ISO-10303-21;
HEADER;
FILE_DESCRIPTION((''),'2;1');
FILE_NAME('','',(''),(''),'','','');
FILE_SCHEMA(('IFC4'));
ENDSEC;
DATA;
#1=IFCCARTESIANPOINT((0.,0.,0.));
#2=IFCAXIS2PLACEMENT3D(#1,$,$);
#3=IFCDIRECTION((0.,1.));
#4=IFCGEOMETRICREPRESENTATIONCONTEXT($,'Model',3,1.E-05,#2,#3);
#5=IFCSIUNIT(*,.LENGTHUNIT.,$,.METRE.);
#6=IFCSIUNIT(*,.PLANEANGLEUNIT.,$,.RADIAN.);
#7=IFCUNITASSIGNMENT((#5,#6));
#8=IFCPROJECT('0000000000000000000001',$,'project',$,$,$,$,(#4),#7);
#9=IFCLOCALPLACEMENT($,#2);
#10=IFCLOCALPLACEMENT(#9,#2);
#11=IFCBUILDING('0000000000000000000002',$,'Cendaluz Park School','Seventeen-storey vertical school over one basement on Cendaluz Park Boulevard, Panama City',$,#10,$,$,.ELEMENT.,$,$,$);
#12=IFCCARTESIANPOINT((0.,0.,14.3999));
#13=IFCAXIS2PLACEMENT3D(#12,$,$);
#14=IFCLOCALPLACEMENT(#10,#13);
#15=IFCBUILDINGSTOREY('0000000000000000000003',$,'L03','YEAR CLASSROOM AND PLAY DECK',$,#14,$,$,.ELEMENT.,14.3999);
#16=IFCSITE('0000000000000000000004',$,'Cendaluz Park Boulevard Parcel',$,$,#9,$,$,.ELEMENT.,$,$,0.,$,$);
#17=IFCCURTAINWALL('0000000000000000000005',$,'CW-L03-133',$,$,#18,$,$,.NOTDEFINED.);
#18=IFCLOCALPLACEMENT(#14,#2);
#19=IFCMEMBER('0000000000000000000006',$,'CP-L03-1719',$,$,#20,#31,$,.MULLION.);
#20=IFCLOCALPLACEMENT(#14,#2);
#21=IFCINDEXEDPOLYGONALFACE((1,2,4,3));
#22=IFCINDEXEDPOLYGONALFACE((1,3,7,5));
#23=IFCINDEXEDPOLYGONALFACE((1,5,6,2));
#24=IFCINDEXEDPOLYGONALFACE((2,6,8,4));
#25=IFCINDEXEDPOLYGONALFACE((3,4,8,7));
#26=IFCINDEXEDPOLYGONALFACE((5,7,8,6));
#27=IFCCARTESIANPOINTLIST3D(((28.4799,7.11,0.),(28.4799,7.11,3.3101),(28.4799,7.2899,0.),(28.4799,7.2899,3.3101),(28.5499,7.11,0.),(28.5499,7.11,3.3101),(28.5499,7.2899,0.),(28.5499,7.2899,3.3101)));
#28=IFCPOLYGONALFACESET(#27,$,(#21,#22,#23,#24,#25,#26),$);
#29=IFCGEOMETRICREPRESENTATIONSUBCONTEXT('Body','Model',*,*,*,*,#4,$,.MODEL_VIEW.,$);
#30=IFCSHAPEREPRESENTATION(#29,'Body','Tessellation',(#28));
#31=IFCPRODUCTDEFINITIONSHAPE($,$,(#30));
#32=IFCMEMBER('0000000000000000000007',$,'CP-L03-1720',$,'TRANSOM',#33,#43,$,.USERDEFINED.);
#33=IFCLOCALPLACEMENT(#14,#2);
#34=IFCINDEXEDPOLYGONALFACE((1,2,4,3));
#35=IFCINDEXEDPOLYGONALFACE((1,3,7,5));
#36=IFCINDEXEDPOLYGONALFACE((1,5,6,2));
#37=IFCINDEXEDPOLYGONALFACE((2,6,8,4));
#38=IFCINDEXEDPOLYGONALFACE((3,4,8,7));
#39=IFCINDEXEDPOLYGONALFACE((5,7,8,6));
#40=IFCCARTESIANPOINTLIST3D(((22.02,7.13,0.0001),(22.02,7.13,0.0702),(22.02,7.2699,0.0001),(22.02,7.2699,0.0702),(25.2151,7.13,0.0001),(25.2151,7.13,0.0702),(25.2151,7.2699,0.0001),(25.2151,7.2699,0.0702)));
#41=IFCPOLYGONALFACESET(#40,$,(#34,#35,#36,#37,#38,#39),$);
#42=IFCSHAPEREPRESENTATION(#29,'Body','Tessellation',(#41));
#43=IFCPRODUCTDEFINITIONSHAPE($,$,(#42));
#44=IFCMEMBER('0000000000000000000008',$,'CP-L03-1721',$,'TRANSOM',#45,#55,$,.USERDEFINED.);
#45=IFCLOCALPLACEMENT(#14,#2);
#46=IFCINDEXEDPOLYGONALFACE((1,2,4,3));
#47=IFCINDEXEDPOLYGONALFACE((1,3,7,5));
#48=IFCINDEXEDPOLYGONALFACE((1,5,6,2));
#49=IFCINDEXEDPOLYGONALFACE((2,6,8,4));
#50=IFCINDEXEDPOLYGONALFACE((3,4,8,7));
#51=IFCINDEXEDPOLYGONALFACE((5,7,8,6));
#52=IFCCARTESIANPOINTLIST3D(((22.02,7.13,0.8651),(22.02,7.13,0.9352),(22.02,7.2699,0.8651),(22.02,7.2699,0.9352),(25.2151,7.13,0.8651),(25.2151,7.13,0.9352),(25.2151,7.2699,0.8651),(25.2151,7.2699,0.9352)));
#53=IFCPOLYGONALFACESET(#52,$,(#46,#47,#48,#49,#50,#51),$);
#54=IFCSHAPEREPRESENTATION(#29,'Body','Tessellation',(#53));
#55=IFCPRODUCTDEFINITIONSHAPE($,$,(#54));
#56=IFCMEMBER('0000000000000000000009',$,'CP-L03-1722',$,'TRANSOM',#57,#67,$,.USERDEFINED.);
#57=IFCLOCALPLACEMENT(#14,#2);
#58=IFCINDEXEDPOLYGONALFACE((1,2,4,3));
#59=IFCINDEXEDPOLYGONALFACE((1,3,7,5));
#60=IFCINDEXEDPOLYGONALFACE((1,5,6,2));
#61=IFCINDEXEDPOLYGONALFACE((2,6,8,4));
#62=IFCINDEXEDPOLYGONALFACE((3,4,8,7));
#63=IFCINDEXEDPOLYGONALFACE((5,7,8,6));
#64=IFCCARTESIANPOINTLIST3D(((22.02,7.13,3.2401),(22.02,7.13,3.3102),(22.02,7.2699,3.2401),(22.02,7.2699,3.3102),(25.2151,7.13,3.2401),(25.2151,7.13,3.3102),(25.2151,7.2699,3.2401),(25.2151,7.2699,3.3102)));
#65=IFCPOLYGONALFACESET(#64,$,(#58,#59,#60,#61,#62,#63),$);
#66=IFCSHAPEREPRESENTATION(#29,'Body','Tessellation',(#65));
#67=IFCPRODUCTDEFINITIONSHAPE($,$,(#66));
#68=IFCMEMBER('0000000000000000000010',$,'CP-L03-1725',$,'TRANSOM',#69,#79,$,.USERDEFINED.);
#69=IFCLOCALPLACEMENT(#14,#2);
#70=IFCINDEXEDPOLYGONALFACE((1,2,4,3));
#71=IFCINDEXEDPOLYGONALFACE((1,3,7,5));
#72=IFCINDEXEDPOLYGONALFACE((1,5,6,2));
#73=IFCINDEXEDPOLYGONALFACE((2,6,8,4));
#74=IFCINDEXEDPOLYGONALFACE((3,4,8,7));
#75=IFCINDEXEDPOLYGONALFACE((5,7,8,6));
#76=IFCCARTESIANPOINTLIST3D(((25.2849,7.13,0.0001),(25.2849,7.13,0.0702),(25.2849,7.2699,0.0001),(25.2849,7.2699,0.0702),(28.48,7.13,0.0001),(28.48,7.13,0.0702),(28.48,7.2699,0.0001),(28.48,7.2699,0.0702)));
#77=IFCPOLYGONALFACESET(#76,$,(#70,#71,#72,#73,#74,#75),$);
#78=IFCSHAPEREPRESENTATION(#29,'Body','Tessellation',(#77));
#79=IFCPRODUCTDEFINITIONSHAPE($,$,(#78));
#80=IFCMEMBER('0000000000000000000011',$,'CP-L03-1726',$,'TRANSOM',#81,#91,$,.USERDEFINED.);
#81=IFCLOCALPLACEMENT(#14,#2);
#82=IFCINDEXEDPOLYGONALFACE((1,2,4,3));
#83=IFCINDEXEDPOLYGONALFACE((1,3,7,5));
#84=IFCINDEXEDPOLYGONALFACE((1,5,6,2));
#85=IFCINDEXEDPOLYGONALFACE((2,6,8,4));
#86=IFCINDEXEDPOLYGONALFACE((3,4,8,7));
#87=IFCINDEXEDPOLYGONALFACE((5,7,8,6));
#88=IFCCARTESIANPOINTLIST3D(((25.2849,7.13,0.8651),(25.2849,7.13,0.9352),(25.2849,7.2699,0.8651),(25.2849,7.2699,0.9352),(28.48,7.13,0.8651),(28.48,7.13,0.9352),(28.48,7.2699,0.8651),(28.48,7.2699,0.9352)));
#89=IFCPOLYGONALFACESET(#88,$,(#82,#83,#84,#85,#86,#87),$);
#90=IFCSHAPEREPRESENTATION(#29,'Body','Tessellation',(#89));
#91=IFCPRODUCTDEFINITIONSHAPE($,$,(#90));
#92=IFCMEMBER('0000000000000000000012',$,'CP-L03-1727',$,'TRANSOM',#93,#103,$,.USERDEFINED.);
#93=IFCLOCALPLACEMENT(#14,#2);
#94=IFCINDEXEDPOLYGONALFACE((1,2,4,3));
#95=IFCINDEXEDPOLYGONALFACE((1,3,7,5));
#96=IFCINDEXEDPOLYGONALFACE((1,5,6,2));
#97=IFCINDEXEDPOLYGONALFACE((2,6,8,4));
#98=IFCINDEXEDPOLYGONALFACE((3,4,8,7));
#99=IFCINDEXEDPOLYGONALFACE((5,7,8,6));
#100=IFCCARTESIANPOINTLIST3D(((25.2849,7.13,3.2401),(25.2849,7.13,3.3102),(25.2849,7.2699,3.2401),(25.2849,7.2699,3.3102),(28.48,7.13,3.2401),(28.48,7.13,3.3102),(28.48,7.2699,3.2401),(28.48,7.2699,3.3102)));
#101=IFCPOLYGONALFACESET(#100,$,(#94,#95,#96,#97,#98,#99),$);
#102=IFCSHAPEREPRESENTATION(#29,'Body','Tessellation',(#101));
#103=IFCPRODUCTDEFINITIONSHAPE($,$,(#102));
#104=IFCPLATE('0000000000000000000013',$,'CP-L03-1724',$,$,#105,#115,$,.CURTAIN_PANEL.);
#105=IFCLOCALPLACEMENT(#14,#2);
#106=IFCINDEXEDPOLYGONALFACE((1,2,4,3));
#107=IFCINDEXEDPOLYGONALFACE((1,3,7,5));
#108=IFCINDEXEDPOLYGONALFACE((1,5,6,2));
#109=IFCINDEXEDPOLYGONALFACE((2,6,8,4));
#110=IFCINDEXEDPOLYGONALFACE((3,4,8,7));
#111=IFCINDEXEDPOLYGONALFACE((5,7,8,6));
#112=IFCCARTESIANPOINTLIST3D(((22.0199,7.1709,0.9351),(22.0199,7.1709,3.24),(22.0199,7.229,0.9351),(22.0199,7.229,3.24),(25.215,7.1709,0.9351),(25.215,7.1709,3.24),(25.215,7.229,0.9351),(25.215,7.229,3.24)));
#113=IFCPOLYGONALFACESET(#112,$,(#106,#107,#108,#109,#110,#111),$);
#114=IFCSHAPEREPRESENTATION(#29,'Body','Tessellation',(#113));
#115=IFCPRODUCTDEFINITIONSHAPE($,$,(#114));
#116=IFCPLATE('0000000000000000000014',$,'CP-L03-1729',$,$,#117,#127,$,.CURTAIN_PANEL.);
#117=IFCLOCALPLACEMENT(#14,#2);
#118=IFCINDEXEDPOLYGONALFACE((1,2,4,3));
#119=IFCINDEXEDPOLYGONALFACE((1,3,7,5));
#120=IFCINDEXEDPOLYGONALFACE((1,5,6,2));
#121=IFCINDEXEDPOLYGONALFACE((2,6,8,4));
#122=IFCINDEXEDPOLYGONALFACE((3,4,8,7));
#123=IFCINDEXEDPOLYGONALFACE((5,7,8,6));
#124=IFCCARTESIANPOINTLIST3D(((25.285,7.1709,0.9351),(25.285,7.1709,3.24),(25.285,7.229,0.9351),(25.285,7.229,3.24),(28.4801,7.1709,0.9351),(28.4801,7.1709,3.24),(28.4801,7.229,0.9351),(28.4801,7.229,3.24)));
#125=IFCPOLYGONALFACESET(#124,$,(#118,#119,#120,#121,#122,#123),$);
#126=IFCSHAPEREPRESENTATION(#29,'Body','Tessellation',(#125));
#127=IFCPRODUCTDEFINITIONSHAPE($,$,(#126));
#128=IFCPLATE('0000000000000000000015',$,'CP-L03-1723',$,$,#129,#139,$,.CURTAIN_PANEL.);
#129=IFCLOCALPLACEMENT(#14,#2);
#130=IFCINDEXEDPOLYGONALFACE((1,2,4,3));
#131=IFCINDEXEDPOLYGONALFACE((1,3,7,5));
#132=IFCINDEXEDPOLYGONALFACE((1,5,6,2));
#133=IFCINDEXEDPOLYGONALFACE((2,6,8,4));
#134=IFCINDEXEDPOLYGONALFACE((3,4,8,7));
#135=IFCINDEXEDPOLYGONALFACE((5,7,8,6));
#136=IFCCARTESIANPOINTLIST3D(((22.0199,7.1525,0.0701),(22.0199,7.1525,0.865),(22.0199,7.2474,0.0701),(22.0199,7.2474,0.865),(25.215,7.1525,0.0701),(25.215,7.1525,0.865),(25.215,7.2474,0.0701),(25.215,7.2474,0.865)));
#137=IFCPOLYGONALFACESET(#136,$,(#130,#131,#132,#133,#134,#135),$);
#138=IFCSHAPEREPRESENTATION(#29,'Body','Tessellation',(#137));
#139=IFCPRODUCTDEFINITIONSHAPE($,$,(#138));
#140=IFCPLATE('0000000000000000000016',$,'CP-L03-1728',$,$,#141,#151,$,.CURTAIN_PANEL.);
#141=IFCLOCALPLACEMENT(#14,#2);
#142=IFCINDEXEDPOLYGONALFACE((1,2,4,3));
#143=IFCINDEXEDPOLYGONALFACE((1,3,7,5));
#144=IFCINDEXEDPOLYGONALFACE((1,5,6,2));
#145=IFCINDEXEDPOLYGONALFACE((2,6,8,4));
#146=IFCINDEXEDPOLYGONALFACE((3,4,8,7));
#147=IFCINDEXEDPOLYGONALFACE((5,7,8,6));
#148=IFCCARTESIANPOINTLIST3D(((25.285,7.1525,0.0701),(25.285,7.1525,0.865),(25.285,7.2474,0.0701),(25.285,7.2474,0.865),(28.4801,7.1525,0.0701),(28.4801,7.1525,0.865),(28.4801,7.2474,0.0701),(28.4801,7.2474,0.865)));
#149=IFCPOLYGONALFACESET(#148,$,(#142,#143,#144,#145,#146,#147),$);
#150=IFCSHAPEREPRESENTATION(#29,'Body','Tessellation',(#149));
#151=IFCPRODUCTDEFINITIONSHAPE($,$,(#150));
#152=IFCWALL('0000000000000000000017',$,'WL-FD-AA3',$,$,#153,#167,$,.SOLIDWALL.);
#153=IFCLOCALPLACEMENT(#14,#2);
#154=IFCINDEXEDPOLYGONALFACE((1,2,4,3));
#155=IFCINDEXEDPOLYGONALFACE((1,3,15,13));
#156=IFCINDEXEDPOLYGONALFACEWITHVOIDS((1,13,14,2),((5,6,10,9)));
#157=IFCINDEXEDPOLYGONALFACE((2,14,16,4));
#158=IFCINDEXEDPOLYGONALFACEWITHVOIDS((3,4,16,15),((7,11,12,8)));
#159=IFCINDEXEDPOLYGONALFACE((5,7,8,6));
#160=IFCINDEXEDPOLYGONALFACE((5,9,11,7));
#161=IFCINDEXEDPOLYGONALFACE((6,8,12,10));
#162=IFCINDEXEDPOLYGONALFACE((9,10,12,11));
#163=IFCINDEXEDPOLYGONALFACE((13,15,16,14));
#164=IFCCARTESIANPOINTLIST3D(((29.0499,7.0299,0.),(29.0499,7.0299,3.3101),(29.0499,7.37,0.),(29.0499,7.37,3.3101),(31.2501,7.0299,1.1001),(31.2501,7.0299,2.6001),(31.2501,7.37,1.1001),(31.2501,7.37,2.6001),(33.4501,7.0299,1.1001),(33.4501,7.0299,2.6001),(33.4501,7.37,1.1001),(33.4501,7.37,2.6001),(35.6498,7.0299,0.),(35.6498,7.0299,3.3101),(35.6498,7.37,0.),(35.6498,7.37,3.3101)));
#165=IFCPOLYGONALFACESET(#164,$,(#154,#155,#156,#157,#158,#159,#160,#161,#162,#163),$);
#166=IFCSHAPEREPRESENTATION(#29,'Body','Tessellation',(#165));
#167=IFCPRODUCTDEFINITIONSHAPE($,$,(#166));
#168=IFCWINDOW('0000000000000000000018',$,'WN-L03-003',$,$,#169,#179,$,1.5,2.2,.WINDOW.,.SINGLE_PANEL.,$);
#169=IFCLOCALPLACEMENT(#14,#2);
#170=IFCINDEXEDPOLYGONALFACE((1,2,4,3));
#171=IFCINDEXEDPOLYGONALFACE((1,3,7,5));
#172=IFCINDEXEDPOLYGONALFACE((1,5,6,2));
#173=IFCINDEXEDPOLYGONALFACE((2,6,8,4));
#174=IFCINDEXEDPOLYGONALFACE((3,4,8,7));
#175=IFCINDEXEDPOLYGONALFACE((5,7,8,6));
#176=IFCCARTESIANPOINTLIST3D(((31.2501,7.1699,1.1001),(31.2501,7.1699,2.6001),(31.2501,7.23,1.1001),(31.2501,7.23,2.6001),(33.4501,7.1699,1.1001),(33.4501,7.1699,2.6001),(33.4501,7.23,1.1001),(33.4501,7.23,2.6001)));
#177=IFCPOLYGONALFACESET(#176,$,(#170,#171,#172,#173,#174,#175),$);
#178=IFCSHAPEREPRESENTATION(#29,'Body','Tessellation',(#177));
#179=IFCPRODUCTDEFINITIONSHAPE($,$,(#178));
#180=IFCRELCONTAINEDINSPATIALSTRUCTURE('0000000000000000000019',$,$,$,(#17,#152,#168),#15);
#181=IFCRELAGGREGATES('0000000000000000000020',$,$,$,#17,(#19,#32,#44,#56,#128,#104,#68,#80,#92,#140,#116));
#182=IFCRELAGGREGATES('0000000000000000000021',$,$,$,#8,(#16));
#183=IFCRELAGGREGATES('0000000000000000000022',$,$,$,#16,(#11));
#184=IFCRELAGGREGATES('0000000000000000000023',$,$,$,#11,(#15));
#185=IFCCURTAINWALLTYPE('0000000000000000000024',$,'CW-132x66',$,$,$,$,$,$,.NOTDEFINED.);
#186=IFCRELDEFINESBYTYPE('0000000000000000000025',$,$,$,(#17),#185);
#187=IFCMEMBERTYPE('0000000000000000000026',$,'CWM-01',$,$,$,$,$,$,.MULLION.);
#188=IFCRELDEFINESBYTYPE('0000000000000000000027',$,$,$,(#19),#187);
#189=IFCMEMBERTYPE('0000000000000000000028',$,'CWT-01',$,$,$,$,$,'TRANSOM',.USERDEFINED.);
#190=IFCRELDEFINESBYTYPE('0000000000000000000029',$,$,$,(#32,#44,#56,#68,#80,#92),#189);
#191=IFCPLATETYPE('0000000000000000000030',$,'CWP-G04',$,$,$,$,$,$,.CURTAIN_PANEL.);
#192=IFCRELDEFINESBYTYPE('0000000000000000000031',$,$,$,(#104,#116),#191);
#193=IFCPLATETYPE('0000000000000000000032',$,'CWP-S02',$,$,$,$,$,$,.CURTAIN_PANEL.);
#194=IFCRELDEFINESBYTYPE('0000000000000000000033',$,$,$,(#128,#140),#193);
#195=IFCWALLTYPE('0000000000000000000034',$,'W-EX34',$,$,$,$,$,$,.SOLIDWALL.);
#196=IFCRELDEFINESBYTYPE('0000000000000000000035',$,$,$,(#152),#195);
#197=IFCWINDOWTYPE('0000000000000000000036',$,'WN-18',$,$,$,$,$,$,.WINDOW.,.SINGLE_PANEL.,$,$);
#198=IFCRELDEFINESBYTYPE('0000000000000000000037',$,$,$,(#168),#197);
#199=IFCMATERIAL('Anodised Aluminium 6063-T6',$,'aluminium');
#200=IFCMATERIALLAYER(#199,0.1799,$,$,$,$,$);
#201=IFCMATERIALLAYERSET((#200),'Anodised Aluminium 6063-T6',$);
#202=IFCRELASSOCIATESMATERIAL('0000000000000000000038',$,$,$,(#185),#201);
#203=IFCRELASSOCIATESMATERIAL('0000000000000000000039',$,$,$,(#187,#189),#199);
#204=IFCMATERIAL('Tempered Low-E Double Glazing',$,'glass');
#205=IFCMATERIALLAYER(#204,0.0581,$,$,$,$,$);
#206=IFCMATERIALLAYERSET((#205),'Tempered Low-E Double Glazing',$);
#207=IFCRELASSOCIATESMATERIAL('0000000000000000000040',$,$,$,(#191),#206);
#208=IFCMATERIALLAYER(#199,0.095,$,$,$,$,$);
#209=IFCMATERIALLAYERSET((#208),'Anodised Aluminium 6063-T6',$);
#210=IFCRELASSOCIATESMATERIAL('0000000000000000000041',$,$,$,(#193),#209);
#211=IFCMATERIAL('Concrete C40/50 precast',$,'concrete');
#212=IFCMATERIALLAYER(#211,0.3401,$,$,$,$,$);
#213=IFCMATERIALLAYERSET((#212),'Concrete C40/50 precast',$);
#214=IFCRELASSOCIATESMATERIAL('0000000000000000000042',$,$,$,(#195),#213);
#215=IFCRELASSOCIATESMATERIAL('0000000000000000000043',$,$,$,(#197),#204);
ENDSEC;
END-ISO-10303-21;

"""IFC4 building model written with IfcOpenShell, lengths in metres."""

from ifc_helpers import new_model, si_unit, direction, frame, frame_2d, origin, origin_2d, place, context, subcontext, project, spatial, rectangle, extrude, material, layer, layer_set, material_profile, profile_set, type_object, element, fill, aggregate, save


model = new_model("IFC4")

# Units and contexts
model_context = context("Model", 3, precision=1e-05, world=origin(), true_north=direction((0.0, 1.0)))
body_context = subcontext(model_context, "Body", "Model", "MODEL_VIEW")
ifc_project = project(units=[si_unit("LENGTHUNIT", "METRE"), si_unit("PLANEANGLEUNIT", "RADIAN")], contexts=[model_context])

# Site, building, storey
site_placement = place(None, origin())
site = spatial("IfcSite", under=ifc_project, at=site_placement, Name="Cendaluz Park Boulevard Parcel", CompositionType="ELEMENT", RefElevation=0.0)
building_placement = place(site_placement, origin())
building = spatial("IfcBuilding", under=site, at=building_placement, Name="Cendaluz Park School", Description="Seventeen-storey vertical school over one basement on Cendaluz Park Boulevard, Panama City", CompositionType="ELEMENT")
storey_placement = place(building_placement, frame((0.0, 0.0, 14.3999)))
storey = spatial("IfcBuildingStorey", under=building, at=storey_placement, Name="L03", Description="YEAR CLASSROOM AND PLAY DECK", CompositionType="ELEMENT", Elevation=14.3999)

# Curtain wall, members, plates
ifc_material_1 = material(Name="Anodised Aluminium 6063-T6", Category="aluminium")
ifc_layer_1 = layer(ifc_material_1, 0.1799)
ifc_layer_set_1 = layer_set([ifc_layer_1], Name="Anodised Aluminium 6063-T6")
curtain_wall_type = type_object("IfcCurtainWallType", Name="CW-132x66", PredefinedType="NOTDEFINED", material=ifc_layer_set_1)
curtain_wall_placement = place(storey_placement, origin())
curtain_wall = element("IfcCurtainWall", 1, at=curtain_wall_placement, inside=storey, type_object=curtain_wall_type, Name="CW-L03-133", PredefinedType="NOTDEFINED")
ifc_material_profile_1 = material_profile(ifc_material_1, rectangle(XDim=0.1799, YDim=0.0701, at=origin_2d()), Name="CWM 180x70", Category="aluminium")
ifc_profile_set_1 = profile_set([ifc_material_profile_1], Name="Anodised Aluminium 6063-T6")
member_type_1 = type_object("IfcMemberType", Name="CWM-01", PredefinedType="MULLION", material=ifc_profile_set_1)
member_1_placement = place(storey_placement, frame((28.5149, 7.2, 0.0), z_axis=(0.0, 0.0, 1.0), x_axis=(0.0, 1.0, 0.0)))
member_1 = element("IfcMember", 2, at=member_1_placement, type_object=member_type_1, Name="CP-L03-1719", PredefinedType="MULLION", context=body_context, shape_type="SweptSolid", body=[
    extrude(rectangle(XDim=0.1799, YDim=0.0701, at=origin_2d()), origin(), (0.0, 0.0, 1.0), 3.3101),
])
ifc_material_profile_2 = material_profile(ifc_material_1, rectangle(XDim=0.1399, YDim=0.0701, at=origin_2d()), Name="CWT 140x70", Category="aluminium")
ifc_profile_set_2 = profile_set([ifc_material_profile_2], Name="Anodised Aluminium 6063-T6")
member_type_2 = type_object("IfcMemberType", Name="CWT-01", ElementType="TRANSOM", PredefinedType="USERDEFINED", material=ifc_profile_set_2)
member_2_placement = place(storey_placement, frame((22.02, 7.2, 0.0352), z_axis=(1.0, 0.0, 0.0), x_axis=(0.0, 1.0, 0.0)))
member_2 = element("IfcMember", 3, at=member_2_placement, type_object=member_type_2, Name="CP-L03-1720", ObjectType="TRANSOM", PredefinedType="USERDEFINED", context=body_context, shape_type="SweptSolid", body=[
    extrude(rectangle(XDim=0.1399, YDim=0.0701, at=origin_2d()), origin(), (0.0, 0.0, 1.0), 3.1951),
])
member_3_placement = place(storey_placement, frame((22.02, 7.2, 0.9001), z_axis=(1.0, 0.0, 0.0), x_axis=(0.0, 1.0, 0.0)))
member_3 = element("IfcMember", 4, at=member_3_placement, type_object=member_type_2, Name="CP-L03-1721", ObjectType="TRANSOM", PredefinedType="USERDEFINED", context=body_context, shape_type="SweptSolid", body=[
    extrude(rectangle(XDim=0.1399, YDim=0.0701, at=origin_2d()), origin(), (0.0, 0.0, 1.0), 3.1951),
])
member_4_placement = place(storey_placement, frame((22.02, 7.2, 3.2751), z_axis=(1.0, 0.0, 0.0), x_axis=(0.0, 1.0, 0.0)))
member_4 = element("IfcMember", 5, at=member_4_placement, type_object=member_type_2, Name="CP-L03-1722", ObjectType="TRANSOM", PredefinedType="USERDEFINED", context=body_context, shape_type="SweptSolid", body=[
    extrude(rectangle(XDim=0.1399, YDim=0.0701, at=origin_2d()), origin(), (0.0, 0.0, 1.0), 3.1951),
])
member_5_placement = place(storey_placement, frame((25.2849, 7.2, 0.0352), z_axis=(1.0, 0.0, 0.0), x_axis=(0.0, 1.0, 0.0)))
member_5 = element("IfcMember", 6, at=member_5_placement, type_object=member_type_2, Name="CP-L03-1725", ObjectType="TRANSOM", PredefinedType="USERDEFINED", context=body_context, shape_type="SweptSolid", body=[
    extrude(rectangle(XDim=0.1399, YDim=0.0701, at=origin_2d()), origin(), (0.0, 0.0, 1.0), 3.1951),
])
member_6_placement = place(storey_placement, frame((25.2849, 7.2, 0.9001), z_axis=(1.0, 0.0, 0.0), x_axis=(0.0, 1.0, 0.0)))
member_6 = element("IfcMember", 7, at=member_6_placement, type_object=member_type_2, Name="CP-L03-1726", ObjectType="TRANSOM", PredefinedType="USERDEFINED", context=body_context, shape_type="SweptSolid", body=[
    extrude(rectangle(XDim=0.1399, YDim=0.0701, at=origin_2d()), origin(), (0.0, 0.0, 1.0), 3.1951),
])
member_7_placement = place(storey_placement, frame((25.2849, 7.2, 3.2751), z_axis=(1.0, 0.0, 0.0), x_axis=(0.0, 1.0, 0.0)))
member_7 = element("IfcMember", 8, at=member_7_placement, type_object=member_type_2, Name="CP-L03-1727", ObjectType="TRANSOM", PredefinedType="USERDEFINED", context=body_context, shape_type="SweptSolid", body=[
    extrude(rectangle(XDim=0.1399, YDim=0.0701, at=origin_2d()), origin(), (0.0, 0.0, 1.0), 3.1951),
])
ifc_material_2 = material(Name="Tempered Low-E Double Glazing", Category="glass")
ifc_layer_2 = layer(ifc_material_2, 0.0581)
ifc_layer_set_2 = layer_set([ifc_layer_2], Name="Tempered Low-E Double Glazing")
plate_type_1 = type_object("IfcPlateType", Name="CWP-G04", PredefinedType="CURTAIN_PANEL", material=ifc_layer_set_2)
plate_1_placement = place(storey_placement, frame((23.6174, 7.2, 0.9351), z_axis=(0.0, 0.0, 1.0), x_axis=(1.0, 0.0, 0.0)))
plate_1 = element("IfcPlate", 9, at=plate_1_placement, type_object=plate_type_1, Name="CP-L03-1724", PredefinedType="CURTAIN_PANEL", context=body_context, shape_type="SweptSolid", body=[
    extrude(rectangle(XDim=3.1951, YDim=0.0581, at=origin_2d()), origin(), (0.0, 0.0, 1.0), 2.3049),
])
plate_2_placement = place(storey_placement, frame((26.8826, 7.2, 0.9351), z_axis=(0.0, 0.0, 1.0), x_axis=(1.0, 0.0, 0.0)))
plate_2 = element("IfcPlate", 10, at=plate_2_placement, type_object=plate_type_1, Name="CP-L03-1729", PredefinedType="CURTAIN_PANEL", context=body_context, shape_type="SweptSolid", body=[
    extrude(rectangle(XDim=3.1951, YDim=0.0581, at=origin_2d()), origin(), (0.0, 0.0, 1.0), 2.3049),
])
ifc_layer_3 = layer(ifc_material_1, 0.095)
ifc_layer_set_3 = layer_set([ifc_layer_3], Name="Anodised Aluminium 6063-T6")
plate_type_2 = type_object("IfcPlateType", Name="CWP-S02", PredefinedType="CURTAIN_PANEL", material=ifc_layer_set_3)
plate_3_placement = place(storey_placement, frame((23.6174, 7.2, 0.0701), z_axis=(0.0, 0.0, 1.0), x_axis=(1.0, 0.0, 0.0)))
plate_3 = element("IfcPlate", 11, at=plate_3_placement, type_object=plate_type_2, Name="CP-L03-1723", PredefinedType="CURTAIN_PANEL", context=body_context, shape_type="SweptSolid", body=[
    extrude(rectangle(XDim=3.1951, YDim=0.095, at=origin_2d()), origin(), (0.0, 0.0, 1.0), 0.7949),
])
plate_4_placement = place(storey_placement, frame((26.8826, 7.2, 0.0701), z_axis=(0.0, 0.0, 1.0), x_axis=(1.0, 0.0, 0.0)))
plate_4 = element("IfcPlate", 12, at=plate_4_placement, type_object=plate_type_2, Name="CP-L03-1728", PredefinedType="CURTAIN_PANEL", context=body_context, shape_type="SweptSolid", body=[
    extrude(rectangle(XDim=3.1951, YDim=0.095, at=origin_2d()), origin(), (0.0, 0.0, 1.0), 0.7949),
])
aggregate(curtain_wall, [member_1, member_2, member_3, member_4, plate_3, plate_1, member_5, member_6, member_7, plate_4, plate_2])

# Wall, opening, window
ifc_material_3 = material(Name="Concrete C40/50 precast", Category="concrete")
ifc_layer_4 = layer(ifc_material_3, 0.3401)
ifc_layer_set_4 = layer_set([ifc_layer_4], Name="Concrete C40/50 precast")
wall_type_1 = type_object("IfcWallType", Name="W-EX34", PredefinedType="SOLIDWALL", material=ifc_layer_set_4)
wall_1_placement = place(storey_placement, frame((29.05, 7.2, 0.0), z_axis=(0.0, 0.0, 1.0), x_axis=(1.0, 0.0, 0.0)))
wall_1 = element("IfcWall", 13, at=wall_1_placement, inside=storey, type_object=wall_type_1, Name="WL-FD-AA3", PredefinedType="SOLIDWALL", context=body_context, shape_type="SweptSolid", body=[
    extrude(rectangle(XDim=6.5999, YDim=0.3401, at=frame_2d((3.2998, 0.0))), origin(), (0.0, 0.0, 1.0), 3.3101),
])
opening_1_placement = place(wall_1_placement, frame((2.2, 0.0, 1.1001)))
opening_1 = element("IfcOpeningElement", 14, at=opening_1_placement, cuts=wall_1, PredefinedType="OPENING", context=body_context, shape_type="SweptSolid", body=[
    extrude(rectangle(XDim=2.2, YDim=1.5, at=frame_2d((1.1001, 0.75))), frame((0.0, 0.1821, 0.0), z_axis=(0.0, -1.0, 0.0), x_axis=(1.0, 0.0, 0.0)), (0.0, 0.0, 1.0), 0.364),
])
window_type = type_object("IfcWindowType", Name="WN-18", PartitioningType="SINGLE_PANEL", PredefinedType="WINDOW", material=ifc_material_2)
window_placement = place(opening_1_placement, origin())
window = element("IfcWindow", 15, at=window_placement, inside=storey, type_object=window_type, Name="WN-L03-003", OverallHeight=1.5, OverallWidth=2.2, PartitioningType="SINGLE_PANEL", PredefinedType="WINDOW", context=body_context, shape_type="SweptSolid", body=[
    extrude(rectangle(XDim=2.2, YDim=1.5, at=frame_2d((1.1001, 0.75))), frame((0.0, 0.03, 0.0), z_axis=(0.0, -1.0, 0.0), x_axis=(1.0, 0.0, 0.0)), (0.0, 0.0, 1.0), 0.0601),
])
fill(opening_1, window)

save(model, "model.ifc")
